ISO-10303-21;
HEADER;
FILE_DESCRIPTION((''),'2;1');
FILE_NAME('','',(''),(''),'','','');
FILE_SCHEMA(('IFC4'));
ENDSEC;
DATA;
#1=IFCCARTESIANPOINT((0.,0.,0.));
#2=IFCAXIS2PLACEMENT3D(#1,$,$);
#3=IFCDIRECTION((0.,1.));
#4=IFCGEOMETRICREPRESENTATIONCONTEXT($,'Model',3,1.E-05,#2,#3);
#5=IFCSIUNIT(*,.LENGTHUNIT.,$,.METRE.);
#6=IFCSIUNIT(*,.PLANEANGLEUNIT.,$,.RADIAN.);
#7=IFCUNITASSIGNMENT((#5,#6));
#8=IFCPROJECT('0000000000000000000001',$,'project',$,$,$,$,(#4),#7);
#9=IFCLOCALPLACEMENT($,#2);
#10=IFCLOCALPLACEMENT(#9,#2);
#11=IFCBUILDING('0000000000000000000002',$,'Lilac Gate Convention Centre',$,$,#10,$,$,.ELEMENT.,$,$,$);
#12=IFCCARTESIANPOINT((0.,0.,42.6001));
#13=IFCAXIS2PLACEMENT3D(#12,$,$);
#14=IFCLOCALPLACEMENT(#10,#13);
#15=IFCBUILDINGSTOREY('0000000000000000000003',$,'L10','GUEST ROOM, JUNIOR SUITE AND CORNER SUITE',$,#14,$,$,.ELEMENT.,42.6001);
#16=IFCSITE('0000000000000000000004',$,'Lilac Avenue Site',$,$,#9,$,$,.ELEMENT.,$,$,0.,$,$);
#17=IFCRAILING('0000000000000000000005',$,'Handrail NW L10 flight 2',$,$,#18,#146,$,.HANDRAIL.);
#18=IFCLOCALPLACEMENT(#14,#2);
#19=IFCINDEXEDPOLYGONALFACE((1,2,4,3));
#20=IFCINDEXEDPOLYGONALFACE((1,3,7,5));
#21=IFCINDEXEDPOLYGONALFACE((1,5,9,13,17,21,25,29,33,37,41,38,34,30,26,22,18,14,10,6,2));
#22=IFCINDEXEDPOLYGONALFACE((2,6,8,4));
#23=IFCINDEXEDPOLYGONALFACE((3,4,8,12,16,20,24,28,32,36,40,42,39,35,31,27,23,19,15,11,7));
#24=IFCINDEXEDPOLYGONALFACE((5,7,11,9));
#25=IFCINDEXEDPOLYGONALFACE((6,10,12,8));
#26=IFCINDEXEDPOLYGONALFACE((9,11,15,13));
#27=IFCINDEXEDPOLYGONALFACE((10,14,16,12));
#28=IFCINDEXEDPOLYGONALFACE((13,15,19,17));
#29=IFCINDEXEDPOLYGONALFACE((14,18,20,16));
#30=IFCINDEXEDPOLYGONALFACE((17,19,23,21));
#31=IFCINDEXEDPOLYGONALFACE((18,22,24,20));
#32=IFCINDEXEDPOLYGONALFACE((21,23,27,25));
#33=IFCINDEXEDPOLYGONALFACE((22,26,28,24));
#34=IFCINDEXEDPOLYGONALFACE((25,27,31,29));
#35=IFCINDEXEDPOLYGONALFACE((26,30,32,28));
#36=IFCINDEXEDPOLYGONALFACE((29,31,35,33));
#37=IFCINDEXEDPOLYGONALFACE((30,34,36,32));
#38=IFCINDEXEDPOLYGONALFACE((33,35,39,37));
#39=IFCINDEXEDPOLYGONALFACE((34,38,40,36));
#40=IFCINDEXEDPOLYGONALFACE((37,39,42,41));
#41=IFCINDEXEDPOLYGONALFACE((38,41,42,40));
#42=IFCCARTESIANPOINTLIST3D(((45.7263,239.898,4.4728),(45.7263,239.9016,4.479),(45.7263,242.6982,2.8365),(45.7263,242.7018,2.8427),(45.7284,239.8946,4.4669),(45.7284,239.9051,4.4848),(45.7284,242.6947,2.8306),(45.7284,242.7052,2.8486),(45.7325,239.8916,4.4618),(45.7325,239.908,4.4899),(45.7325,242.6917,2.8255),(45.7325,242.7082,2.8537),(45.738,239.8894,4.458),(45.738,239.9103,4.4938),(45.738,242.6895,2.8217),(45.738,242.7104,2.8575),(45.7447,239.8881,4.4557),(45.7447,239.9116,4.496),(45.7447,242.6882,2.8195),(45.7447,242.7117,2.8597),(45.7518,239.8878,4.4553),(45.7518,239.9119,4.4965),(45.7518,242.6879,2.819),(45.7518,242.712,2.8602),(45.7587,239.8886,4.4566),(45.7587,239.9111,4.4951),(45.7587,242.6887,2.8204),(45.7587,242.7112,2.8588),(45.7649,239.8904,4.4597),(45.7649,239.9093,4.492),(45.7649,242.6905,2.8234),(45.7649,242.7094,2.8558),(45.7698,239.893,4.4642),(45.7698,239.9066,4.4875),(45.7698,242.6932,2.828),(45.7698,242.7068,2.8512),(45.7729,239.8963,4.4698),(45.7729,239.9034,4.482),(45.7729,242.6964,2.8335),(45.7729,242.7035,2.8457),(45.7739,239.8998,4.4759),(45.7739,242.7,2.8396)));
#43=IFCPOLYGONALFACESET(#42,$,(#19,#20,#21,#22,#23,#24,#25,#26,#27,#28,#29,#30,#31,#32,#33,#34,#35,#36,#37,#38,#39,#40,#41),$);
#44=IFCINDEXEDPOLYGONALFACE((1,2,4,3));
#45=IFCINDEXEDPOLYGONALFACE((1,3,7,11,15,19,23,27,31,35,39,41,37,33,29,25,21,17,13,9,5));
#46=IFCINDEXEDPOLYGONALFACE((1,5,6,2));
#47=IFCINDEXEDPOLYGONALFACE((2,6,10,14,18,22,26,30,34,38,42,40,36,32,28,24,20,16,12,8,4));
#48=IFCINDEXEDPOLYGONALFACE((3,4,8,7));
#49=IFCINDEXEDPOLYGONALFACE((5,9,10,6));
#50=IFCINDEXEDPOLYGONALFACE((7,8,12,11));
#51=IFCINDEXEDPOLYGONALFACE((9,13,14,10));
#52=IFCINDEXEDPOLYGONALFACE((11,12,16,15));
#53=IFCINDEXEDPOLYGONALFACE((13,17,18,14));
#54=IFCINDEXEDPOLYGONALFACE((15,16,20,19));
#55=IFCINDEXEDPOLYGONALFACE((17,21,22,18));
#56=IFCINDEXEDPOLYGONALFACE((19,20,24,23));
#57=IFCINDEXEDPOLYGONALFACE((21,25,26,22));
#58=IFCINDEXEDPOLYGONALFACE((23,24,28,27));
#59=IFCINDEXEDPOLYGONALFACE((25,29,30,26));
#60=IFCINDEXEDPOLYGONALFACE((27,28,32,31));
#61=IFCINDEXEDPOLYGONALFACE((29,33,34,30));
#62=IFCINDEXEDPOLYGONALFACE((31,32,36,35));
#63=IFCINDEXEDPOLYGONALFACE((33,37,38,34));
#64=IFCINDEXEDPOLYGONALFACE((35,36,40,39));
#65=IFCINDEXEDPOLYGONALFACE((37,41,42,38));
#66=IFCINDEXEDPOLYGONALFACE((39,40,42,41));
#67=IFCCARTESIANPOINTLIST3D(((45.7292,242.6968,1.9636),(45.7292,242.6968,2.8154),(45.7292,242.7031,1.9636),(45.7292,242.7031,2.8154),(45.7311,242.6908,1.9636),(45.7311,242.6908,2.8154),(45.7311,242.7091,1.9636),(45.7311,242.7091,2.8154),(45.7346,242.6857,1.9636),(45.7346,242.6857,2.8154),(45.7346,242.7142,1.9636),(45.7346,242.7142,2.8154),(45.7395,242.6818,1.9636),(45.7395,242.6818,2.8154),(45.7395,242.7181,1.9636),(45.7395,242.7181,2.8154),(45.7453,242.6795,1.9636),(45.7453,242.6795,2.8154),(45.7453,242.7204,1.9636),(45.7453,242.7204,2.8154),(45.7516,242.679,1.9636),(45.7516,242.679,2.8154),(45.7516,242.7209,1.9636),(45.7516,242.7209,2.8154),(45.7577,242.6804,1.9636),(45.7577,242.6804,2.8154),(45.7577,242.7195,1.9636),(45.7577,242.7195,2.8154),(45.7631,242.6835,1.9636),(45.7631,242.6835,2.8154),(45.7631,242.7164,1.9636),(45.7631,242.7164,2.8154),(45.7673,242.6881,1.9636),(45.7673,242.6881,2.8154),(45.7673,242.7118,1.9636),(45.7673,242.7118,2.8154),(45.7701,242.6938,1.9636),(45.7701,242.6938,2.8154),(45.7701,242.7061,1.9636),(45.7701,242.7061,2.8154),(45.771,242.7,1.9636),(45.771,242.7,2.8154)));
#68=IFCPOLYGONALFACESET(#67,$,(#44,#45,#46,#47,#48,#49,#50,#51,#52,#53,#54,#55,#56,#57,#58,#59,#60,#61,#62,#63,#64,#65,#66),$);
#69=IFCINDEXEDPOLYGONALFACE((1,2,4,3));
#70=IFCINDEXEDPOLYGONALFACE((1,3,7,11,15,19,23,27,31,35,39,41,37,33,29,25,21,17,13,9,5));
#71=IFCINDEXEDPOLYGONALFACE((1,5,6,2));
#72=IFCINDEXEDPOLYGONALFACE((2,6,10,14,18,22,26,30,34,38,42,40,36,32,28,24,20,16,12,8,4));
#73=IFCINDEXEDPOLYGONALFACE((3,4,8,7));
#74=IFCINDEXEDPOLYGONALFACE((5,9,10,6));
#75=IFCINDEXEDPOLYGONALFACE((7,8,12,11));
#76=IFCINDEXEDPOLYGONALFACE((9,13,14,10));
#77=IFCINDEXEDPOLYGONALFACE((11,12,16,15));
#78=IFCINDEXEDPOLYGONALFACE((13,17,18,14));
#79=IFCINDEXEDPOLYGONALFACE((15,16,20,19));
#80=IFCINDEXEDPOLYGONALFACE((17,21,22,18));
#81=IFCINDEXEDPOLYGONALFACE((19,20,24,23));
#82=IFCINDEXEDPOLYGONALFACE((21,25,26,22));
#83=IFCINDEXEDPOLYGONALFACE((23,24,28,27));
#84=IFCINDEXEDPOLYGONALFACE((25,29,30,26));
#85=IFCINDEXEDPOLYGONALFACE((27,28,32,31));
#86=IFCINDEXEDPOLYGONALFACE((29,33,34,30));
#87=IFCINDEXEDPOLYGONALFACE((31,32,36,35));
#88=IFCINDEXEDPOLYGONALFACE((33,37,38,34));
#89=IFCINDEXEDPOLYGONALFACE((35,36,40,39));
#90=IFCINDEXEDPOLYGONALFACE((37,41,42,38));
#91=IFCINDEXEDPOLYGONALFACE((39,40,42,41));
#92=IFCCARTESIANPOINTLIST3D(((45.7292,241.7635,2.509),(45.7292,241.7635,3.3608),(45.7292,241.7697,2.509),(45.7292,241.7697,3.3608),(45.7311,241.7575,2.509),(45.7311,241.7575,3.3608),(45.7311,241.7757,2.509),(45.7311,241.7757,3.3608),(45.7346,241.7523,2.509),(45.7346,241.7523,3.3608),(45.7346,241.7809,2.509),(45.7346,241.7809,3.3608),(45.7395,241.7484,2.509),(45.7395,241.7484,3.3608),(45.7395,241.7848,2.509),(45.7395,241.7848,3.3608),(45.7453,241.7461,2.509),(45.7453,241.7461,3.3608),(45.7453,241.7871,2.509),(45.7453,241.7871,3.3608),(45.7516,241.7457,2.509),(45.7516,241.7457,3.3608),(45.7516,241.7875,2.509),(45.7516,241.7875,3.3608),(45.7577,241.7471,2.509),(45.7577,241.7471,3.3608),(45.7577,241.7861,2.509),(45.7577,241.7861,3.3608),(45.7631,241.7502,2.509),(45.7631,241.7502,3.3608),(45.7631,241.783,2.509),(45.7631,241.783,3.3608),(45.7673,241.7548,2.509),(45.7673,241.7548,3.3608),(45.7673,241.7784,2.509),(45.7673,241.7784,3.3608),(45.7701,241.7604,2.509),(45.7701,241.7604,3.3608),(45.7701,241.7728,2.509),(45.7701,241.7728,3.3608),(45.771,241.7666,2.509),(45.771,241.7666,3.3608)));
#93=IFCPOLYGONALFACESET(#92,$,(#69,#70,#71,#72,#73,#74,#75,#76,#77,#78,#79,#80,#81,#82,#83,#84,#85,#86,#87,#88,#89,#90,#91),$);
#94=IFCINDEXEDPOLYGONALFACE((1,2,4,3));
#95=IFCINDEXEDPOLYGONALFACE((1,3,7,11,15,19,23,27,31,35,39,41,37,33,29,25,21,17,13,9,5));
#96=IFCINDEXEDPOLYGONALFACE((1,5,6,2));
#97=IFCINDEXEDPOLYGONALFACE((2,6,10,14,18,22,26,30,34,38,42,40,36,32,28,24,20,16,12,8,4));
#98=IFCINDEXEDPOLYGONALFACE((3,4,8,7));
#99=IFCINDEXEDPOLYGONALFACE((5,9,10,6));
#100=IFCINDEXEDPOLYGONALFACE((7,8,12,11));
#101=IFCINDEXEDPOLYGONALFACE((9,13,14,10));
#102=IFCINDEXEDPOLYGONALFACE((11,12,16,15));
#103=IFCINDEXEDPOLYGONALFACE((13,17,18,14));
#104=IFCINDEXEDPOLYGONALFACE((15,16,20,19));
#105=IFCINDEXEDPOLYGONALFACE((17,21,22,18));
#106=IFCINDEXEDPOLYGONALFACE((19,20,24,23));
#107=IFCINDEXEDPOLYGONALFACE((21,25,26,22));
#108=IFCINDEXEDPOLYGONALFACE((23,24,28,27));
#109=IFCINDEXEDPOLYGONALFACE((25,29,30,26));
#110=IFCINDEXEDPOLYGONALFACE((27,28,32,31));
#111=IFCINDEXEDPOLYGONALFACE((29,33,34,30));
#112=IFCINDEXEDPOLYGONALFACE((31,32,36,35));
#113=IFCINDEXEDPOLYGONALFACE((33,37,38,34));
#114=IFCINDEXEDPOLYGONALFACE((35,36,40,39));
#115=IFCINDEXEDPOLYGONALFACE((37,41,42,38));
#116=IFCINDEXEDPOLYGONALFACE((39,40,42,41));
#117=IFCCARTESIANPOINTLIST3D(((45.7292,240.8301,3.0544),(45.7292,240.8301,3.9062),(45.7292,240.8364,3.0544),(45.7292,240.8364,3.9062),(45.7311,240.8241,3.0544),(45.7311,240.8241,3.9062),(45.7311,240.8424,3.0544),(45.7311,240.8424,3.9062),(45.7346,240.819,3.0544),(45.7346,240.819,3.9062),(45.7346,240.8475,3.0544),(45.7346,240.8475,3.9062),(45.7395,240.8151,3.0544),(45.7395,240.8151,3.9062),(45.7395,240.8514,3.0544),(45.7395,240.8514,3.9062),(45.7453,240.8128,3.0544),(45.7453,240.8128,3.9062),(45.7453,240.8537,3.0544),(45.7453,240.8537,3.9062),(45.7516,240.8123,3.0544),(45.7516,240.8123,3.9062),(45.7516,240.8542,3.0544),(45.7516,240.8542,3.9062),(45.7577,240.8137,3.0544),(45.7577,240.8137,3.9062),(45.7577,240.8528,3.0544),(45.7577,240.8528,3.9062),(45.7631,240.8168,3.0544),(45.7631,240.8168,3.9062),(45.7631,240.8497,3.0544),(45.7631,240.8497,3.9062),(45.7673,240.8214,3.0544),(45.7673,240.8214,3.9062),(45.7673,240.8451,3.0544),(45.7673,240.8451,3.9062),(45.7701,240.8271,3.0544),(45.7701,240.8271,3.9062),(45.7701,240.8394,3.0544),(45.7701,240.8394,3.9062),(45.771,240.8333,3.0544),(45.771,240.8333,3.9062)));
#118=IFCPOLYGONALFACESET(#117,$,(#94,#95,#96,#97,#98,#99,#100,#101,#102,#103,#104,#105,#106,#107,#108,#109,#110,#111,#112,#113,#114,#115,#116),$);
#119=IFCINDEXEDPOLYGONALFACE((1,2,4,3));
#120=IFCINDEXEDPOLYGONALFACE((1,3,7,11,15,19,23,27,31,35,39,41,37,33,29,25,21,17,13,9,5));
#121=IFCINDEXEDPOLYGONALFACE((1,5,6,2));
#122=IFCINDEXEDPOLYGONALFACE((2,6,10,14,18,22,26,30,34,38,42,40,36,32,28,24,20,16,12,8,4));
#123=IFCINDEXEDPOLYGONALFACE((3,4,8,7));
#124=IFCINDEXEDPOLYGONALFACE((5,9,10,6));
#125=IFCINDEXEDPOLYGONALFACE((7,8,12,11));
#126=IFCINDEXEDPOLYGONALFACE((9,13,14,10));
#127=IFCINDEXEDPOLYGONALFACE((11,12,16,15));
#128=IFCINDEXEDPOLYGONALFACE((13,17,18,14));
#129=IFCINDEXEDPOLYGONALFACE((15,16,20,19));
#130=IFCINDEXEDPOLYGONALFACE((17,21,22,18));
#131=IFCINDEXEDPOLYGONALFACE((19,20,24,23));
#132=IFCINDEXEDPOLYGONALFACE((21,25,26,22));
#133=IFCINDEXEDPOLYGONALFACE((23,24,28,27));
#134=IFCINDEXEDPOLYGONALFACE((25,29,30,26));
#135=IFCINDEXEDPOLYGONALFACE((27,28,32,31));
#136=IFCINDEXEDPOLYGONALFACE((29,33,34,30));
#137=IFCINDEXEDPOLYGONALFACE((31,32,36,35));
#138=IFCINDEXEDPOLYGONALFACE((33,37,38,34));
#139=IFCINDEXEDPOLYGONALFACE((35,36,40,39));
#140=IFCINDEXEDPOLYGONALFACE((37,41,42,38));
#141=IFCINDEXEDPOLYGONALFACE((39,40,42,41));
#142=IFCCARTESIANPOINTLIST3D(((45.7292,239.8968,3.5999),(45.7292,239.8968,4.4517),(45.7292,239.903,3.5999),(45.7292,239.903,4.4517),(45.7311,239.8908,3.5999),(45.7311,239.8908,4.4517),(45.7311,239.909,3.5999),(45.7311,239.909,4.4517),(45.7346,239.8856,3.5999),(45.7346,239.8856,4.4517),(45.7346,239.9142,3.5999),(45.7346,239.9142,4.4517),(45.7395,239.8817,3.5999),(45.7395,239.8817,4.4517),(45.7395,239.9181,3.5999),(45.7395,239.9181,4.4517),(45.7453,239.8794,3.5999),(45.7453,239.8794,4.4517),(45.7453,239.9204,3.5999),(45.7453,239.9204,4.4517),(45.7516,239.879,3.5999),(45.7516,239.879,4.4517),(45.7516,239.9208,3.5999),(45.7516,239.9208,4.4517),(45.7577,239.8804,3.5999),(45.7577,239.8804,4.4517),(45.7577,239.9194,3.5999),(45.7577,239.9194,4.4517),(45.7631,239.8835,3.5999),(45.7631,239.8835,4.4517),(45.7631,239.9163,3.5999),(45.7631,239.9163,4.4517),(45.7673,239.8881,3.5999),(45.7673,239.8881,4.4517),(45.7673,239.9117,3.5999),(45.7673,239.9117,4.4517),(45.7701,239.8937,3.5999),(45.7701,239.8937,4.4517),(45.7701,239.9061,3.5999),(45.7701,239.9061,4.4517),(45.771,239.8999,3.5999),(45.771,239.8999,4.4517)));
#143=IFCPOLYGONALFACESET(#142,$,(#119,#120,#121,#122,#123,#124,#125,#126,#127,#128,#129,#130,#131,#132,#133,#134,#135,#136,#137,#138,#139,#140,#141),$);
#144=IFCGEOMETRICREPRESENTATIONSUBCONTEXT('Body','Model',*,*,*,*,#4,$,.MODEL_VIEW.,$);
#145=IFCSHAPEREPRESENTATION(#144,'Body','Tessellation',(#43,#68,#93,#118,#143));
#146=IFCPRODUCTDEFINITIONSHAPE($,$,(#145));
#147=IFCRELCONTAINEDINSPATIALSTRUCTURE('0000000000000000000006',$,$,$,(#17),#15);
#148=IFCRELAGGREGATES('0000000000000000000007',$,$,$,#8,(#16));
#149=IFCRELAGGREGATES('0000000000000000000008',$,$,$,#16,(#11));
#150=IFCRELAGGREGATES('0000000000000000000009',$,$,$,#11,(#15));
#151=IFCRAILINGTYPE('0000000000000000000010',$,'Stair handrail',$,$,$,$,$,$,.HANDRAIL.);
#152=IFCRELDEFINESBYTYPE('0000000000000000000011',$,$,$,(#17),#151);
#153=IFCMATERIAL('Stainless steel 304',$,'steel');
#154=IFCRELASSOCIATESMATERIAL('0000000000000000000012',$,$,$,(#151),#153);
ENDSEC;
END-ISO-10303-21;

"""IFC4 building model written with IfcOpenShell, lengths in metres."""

from ifc_helpers import new_model, si_unit, direction, frame, origin, origin_2d, place, context, subcontext, project, spatial, circle, extrude, material, type_object, element, save


model = new_model("IFC4")

# Units and contexts
model_context = context("Model", 3, precision=1e-05, world=origin(), true_north=direction((0.0, 1.0)))
body_context = subcontext(model_context, "Body", "Model", "MODEL_VIEW")
ifc_project = project(units=[si_unit("LENGTHUNIT", "METRE"), si_unit("PLANEANGLEUNIT", "RADIAN")], contexts=[model_context])

# Site, building, storey
site_placement = place(None, origin())
site = spatial("IfcSite", under=ifc_project, at=site_placement, Name="Lilac Avenue Site", CompositionType="ELEMENT", RefElevation=0.0)
building_placement = place(site_placement, origin())
building = spatial("IfcBuilding", under=site, at=building_placement, Name="Lilac Gate Convention Centre", CompositionType="ELEMENT")
storey_placement = place(building_placement, frame((0.0, 0.0, 42.6001)))
storey = spatial("IfcBuildingStorey", under=building, at=storey_placement, Name="L10", Description="GUEST ROOM, JUNIOR SUITE AND CORNER SUITE", CompositionType="ELEMENT", Elevation=42.6001)

# Railing
ifc_material_1 = material(Name="Stainless steel 304", Category="steel")
railing_type = type_object("IfcRailingType", Name="Stair handrail", PredefinedType="HANDRAIL", material=ifc_material_1)
for number, where, name in (
    (1, (45.75, 242.7, 1.9636), "Handrail NW L10 flight 2"),
):
    element("IfcRailing", number, at=place(storey_placement, frame(where)), inside=storey, type_object=railing_type, Name=name, PredefinedType="HANDRAIL", context=body_context, shape_type="SweptSolid", body=[
        extrude(circle(Radius=0.0239, at=origin_2d()), frame((0.0, 0.0, 0.876), z_axis=(0.0, -0.863394, 0.504531), x_axis=(1.0, 0.0, 0.0)), (0.0, 0.0, 1.0), 3.2432),
        extrude(circle(Radius=0.021, at=origin_2d()), origin(), (0.0, 0.0, 1.0), 0.8518),
        extrude(circle(Radius=0.021, at=origin_2d()), frame((0.0, -0.9333, 0.5454)), (0.0, 0.0, 1.0), 0.8518),
        extrude(circle(Radius=0.021, at=origin_2d()), frame((0.0, -1.8667, 1.0908)), (0.0, 0.0, 1.0), 0.8518),
        extrude(circle(Radius=0.021, at=origin_2d()), frame((0.0, -2.8, 1.6362)), (0.0, 0.0, 1.0), 0.8518),
    ])

save(model, "model.ifc")
